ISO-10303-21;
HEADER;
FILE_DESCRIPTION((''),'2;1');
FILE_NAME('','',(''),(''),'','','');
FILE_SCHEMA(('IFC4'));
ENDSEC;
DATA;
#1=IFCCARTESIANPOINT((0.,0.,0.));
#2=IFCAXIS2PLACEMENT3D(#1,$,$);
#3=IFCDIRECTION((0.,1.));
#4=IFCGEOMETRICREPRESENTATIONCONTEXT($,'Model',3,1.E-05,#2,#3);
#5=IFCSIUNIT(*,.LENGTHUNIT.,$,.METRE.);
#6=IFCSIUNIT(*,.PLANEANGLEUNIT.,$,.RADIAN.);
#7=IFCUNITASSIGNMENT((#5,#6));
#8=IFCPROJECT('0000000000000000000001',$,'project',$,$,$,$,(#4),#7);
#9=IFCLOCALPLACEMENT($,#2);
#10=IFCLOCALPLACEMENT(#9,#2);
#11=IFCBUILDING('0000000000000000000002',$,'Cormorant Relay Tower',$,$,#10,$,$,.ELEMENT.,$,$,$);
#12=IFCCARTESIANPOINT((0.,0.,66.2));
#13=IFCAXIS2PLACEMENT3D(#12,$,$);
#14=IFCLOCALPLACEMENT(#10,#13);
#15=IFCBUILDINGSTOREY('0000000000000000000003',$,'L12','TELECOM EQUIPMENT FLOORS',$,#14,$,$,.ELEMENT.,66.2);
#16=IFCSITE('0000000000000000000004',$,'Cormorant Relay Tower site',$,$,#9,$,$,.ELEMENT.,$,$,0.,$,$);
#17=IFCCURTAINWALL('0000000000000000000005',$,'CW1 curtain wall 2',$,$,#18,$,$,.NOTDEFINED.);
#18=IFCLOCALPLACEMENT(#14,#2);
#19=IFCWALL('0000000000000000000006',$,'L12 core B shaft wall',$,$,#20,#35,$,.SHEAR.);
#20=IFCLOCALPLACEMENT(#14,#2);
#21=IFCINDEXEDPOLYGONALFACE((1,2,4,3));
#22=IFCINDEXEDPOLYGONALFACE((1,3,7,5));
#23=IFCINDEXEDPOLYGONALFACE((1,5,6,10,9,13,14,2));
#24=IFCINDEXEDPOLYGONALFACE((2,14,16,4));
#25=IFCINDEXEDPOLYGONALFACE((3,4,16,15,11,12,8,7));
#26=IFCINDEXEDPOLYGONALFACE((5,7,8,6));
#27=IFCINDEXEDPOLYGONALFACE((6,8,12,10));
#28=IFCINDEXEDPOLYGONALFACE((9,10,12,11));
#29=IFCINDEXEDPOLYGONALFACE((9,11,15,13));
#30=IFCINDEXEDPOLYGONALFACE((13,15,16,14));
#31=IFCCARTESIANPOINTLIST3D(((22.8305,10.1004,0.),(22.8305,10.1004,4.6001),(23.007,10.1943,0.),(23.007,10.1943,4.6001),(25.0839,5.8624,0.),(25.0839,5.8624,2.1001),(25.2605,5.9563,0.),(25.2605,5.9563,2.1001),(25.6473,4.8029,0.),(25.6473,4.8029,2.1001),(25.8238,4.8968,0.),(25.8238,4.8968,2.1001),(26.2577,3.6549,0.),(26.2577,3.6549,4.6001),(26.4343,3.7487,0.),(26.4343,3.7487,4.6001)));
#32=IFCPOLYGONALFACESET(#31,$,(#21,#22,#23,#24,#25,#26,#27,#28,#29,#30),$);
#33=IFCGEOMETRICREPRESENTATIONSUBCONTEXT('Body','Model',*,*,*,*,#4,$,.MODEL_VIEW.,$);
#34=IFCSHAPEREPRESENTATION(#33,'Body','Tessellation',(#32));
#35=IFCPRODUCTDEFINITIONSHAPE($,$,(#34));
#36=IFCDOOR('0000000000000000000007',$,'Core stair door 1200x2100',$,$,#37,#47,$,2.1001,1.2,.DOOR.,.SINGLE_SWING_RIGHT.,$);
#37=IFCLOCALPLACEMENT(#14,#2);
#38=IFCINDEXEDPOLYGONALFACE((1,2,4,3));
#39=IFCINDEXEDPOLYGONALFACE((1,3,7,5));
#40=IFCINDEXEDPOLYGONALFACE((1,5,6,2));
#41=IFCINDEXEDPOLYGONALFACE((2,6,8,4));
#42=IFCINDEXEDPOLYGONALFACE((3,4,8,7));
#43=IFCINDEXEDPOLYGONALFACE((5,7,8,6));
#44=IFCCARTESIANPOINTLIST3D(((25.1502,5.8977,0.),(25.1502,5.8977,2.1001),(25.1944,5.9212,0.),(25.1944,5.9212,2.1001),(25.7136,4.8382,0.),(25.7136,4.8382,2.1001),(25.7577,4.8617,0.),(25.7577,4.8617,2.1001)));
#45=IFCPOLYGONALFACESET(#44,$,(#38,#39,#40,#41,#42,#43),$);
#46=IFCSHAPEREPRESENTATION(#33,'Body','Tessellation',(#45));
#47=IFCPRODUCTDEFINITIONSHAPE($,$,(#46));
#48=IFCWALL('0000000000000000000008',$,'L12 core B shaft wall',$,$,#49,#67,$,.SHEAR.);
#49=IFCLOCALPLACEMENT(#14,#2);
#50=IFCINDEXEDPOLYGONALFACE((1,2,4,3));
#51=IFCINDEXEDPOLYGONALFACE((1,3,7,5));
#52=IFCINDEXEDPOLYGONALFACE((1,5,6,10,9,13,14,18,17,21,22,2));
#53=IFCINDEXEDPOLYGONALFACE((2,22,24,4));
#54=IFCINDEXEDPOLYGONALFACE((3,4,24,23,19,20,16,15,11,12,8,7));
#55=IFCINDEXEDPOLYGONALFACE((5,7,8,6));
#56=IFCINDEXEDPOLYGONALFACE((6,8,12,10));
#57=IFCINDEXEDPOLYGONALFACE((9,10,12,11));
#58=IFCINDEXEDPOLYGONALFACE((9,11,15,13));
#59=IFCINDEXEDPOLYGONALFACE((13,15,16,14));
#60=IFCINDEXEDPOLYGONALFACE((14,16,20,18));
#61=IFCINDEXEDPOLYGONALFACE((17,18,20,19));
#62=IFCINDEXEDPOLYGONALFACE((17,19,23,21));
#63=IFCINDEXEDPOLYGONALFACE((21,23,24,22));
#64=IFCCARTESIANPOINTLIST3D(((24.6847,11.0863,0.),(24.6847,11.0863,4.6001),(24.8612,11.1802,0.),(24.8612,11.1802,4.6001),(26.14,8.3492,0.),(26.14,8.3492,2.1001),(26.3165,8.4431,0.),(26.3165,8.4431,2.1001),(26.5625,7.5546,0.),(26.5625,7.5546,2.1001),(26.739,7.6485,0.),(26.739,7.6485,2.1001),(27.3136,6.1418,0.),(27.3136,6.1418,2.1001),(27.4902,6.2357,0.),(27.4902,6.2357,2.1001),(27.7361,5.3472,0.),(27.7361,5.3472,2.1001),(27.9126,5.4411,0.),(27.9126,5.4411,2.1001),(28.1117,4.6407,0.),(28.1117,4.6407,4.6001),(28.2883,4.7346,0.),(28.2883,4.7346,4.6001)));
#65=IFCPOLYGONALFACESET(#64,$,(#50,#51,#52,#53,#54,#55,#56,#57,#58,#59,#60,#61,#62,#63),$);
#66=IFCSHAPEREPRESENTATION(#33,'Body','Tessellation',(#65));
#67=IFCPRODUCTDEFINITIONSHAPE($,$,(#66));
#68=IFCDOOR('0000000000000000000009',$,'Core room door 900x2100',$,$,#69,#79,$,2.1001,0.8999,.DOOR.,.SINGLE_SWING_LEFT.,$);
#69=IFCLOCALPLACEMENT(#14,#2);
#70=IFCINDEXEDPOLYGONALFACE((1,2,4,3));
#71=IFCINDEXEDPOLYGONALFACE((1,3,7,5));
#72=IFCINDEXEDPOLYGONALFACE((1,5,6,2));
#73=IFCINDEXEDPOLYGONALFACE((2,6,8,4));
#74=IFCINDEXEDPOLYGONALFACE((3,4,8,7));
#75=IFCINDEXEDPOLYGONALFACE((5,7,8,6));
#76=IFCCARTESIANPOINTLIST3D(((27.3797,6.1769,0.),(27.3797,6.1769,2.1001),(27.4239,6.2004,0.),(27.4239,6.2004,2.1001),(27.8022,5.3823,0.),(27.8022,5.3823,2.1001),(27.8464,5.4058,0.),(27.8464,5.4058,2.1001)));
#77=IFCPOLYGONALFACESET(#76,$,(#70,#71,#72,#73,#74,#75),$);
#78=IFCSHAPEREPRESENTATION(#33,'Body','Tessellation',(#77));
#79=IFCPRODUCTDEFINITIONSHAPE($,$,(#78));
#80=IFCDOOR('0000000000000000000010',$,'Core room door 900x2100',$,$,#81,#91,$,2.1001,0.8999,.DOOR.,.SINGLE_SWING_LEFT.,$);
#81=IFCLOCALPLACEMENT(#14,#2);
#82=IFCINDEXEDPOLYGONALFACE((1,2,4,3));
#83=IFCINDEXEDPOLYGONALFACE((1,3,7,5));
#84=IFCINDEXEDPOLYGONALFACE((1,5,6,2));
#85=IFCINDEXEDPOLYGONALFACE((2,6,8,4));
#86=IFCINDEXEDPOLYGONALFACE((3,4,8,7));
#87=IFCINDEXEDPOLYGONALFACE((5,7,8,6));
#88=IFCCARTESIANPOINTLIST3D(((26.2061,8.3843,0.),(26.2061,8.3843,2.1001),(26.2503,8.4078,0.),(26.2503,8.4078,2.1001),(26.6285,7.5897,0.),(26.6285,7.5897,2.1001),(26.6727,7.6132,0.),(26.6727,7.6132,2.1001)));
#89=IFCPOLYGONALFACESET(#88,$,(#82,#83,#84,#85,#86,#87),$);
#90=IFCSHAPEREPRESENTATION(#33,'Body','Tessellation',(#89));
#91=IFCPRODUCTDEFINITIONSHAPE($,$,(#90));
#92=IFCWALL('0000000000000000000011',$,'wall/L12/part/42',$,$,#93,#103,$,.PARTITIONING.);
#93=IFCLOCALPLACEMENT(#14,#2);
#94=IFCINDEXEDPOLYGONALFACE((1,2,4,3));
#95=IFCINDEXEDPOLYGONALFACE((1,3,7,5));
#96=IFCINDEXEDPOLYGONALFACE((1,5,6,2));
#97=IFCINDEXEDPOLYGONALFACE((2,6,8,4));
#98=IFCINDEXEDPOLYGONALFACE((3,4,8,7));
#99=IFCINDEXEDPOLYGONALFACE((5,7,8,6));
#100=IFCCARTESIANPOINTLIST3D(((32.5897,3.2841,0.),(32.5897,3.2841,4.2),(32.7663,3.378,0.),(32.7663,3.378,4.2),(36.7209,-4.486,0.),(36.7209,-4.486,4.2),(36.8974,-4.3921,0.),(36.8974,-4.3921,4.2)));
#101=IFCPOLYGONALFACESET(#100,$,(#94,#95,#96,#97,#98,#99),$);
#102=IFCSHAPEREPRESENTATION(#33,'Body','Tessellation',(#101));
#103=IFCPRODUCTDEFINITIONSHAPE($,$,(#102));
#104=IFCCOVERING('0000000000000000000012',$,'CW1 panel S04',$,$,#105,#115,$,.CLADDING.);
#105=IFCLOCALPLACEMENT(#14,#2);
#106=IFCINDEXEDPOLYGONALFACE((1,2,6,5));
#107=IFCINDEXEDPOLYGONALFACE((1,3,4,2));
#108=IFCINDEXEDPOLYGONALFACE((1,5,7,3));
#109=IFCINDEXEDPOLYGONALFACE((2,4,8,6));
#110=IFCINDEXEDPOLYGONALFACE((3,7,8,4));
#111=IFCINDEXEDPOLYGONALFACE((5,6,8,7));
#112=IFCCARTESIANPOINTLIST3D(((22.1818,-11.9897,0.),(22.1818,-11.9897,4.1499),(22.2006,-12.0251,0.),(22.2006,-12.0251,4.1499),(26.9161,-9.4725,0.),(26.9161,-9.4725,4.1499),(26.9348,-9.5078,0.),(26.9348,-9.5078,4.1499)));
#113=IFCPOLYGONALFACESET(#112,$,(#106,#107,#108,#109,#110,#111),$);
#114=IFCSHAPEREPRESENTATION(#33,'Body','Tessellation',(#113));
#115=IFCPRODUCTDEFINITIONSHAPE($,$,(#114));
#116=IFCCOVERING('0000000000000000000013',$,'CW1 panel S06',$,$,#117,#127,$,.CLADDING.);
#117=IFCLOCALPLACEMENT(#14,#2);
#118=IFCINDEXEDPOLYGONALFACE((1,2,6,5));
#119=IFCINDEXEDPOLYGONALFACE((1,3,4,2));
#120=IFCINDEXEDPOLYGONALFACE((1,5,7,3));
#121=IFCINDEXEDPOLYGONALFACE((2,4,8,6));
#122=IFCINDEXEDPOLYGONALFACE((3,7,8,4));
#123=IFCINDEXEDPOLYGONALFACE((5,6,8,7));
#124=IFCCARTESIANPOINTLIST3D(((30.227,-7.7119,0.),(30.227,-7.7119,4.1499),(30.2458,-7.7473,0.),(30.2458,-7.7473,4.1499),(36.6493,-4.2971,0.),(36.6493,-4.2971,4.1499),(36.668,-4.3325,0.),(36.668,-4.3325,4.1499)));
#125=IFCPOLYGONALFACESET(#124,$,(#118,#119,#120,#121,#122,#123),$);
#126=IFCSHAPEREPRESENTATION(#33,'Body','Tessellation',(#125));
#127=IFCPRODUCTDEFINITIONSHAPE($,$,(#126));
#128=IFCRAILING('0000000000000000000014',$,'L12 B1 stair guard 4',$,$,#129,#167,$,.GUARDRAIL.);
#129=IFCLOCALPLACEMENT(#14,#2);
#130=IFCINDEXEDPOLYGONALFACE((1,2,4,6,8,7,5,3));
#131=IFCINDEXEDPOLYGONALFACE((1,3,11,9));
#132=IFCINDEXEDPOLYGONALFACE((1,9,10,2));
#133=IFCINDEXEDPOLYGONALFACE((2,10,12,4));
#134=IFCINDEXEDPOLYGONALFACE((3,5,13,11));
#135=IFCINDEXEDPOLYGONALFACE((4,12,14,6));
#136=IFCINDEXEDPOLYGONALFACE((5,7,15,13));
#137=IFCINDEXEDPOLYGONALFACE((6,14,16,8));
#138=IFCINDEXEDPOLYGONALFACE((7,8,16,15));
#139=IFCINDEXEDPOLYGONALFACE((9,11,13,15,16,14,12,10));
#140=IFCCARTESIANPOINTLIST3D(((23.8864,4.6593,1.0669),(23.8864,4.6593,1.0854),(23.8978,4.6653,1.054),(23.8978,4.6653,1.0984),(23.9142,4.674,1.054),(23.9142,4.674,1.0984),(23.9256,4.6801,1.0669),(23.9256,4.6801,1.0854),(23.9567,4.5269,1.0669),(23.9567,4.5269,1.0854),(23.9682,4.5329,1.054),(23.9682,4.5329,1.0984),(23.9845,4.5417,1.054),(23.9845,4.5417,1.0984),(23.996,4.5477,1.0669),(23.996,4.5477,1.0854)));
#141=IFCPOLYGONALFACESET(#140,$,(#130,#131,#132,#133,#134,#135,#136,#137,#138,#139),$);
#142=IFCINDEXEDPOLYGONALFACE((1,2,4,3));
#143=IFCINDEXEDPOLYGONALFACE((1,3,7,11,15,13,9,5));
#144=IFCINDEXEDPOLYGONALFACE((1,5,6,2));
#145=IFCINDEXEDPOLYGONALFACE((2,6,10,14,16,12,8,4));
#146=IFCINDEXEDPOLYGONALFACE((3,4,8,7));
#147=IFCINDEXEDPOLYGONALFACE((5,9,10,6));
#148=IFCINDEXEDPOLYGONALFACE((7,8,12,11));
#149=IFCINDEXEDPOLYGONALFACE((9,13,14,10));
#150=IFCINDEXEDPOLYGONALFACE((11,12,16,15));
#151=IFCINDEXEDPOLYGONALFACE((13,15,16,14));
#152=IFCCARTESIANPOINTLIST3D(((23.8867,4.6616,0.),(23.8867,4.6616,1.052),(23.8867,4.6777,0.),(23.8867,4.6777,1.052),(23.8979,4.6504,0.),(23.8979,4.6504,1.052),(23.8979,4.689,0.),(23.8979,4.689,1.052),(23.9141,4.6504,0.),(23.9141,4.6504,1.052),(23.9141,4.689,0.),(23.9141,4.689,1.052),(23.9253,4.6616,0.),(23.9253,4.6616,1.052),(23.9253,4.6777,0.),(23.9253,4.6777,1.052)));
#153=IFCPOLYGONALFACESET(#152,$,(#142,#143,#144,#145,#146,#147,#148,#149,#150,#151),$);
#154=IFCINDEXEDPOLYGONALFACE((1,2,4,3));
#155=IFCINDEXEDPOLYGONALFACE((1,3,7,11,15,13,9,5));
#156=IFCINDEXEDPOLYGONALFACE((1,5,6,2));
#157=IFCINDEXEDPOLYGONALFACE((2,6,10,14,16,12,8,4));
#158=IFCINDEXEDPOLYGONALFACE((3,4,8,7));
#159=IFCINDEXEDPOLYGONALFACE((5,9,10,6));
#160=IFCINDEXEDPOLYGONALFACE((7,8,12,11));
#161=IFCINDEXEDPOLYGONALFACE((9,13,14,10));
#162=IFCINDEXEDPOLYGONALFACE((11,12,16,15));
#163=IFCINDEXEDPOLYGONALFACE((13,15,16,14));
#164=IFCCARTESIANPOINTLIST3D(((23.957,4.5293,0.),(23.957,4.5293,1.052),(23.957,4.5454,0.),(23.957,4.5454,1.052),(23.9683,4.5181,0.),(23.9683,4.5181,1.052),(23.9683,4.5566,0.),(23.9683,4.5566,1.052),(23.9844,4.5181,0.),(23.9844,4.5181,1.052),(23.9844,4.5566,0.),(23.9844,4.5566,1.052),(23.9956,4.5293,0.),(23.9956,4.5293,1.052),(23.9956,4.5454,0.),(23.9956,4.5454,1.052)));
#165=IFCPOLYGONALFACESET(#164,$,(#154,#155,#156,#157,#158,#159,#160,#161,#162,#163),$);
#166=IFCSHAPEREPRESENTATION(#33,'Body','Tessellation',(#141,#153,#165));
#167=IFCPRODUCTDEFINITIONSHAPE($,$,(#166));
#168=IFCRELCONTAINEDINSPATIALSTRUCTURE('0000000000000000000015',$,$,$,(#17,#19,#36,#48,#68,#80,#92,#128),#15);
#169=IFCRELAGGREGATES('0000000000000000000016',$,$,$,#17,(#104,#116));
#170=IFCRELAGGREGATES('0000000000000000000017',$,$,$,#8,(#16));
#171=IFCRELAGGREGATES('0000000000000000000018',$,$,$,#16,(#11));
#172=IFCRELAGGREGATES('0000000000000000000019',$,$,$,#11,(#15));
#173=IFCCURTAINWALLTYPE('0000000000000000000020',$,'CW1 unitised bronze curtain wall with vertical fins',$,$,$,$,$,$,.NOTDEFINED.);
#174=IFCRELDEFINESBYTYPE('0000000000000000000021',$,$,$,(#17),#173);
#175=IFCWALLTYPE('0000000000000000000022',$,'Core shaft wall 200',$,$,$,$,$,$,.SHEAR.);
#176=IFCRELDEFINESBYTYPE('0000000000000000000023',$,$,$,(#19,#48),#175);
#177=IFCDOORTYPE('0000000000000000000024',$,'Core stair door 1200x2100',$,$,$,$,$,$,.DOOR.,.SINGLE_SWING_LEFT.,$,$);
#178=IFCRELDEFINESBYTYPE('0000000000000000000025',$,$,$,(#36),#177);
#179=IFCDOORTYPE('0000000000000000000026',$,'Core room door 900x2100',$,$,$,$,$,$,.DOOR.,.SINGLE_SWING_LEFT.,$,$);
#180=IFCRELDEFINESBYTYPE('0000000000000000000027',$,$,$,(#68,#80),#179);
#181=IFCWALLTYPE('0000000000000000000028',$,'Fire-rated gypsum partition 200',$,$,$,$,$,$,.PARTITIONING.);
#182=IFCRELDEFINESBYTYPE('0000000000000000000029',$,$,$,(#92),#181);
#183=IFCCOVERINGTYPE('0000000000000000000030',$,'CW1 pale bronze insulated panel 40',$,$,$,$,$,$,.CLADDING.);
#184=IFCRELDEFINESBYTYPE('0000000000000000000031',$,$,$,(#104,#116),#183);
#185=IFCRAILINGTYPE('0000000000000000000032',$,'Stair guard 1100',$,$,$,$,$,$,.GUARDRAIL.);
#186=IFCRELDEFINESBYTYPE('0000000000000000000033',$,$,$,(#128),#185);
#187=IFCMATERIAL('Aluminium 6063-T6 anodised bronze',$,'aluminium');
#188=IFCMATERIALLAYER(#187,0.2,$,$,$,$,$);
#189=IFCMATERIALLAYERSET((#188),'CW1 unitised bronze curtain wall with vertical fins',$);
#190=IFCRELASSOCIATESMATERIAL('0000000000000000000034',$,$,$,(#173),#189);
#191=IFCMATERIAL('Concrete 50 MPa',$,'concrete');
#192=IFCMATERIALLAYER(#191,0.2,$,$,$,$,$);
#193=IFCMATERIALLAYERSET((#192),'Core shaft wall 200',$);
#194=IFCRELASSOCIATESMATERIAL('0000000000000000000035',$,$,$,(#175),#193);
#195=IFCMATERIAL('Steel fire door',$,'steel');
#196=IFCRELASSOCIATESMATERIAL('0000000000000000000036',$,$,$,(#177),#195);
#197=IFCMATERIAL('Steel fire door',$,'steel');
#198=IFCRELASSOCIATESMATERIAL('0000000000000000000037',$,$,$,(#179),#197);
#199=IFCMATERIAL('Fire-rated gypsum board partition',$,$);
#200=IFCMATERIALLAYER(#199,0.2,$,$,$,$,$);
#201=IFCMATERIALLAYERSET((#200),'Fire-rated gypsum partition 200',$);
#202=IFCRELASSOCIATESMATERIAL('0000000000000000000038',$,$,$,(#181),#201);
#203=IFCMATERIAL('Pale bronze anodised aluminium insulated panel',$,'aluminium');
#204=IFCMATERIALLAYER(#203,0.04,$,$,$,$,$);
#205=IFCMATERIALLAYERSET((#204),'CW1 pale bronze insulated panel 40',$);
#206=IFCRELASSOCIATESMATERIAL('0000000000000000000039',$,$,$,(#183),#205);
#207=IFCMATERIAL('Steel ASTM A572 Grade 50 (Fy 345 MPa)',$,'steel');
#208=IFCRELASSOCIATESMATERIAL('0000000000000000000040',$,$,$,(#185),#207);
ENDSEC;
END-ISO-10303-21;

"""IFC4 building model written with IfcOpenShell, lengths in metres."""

from ifc_helpers import new_model, si_unit, direction, frame, frame_2d, origin, origin_2d, place, context, subcontext, project, spatial, polyline, rectangle, outline, extrude, material, layer, layer_set, type_object, element, fill, aggregate, save


model = new_model("IFC4")

# Units and contexts
model_context = context("Model", 3, precision=1e-05, world=origin(), true_north=direction((0.0, 1.0)))
body_context = subcontext(model_context, "Body", "Model", "MODEL_VIEW")
ifc_project = project(units=[si_unit("LENGTHUNIT", "METRE"), si_unit("PLANEANGLEUNIT", "RADIAN")], contexts=[model_context])

# Site, building, storey
site_placement = place(None, origin())
site = spatial("IfcSite", under=ifc_project, at=site_placement, Name="Cormorant Relay Tower site", CompositionType="ELEMENT", RefElevation=0.0)
building_placement = place(site_placement, origin())
building = spatial("IfcBuilding", under=site, at=building_placement, Name="Cormorant Relay Tower", CompositionType="ELEMENT")
storey_placement = place(building_placement, frame((0.0, 0.0, 66.2)))
storey = spatial("IfcBuildingStorey", under=building, at=storey_placement, Name="L12", Description="TELECOM EQUIPMENT FLOORS", CompositionType="ELEMENT", Elevation=66.2)

# Curtain wall
ifc_material_1 = material(Name="Aluminium 6063-T6 anodised bronze", Category="aluminium")
ifc_layer_1 = layer(ifc_material_1, 0.2)
ifc_layer_set_1 = layer_set([ifc_layer_1], Name="CW1 unitised bronze curtain wall with vertical fins")
curtain_wall_type = type_object("IfcCurtainWallType", Name="CW1 unitised bronze curtain wall with vertical fins", PredefinedType="NOTDEFINED", material=ifc_layer_set_1)
curtain_wall_placement = place(storey_placement, origin())
curtain_wall = element("IfcCurtainWall", 1, at=curtain_wall_placement, inside=storey, type_object=curtain_wall_type, Name="CW1 curtain wall 2", PredefinedType="NOTDEFINED")

# Wall, opening, door
ifc_material_2 = material(Name="Concrete 50 MPa", Category="concrete")
ifc_layer_2 = layer(ifc_material_2, 0.2)
ifc_layer_set_2 = layer_set([ifc_layer_2], Name="Core shaft wall 200")
wall_type_1 = type_object("IfcWallType", Name="Core shaft wall 200", PredefinedType="SHEAR", material=ifc_layer_set_2)
wall_1_placement = place(storey_placement, frame((26.3459, 3.7019, 0.0), z_axis=(0.0, 0.0, 1.0), x_axis=(-0.46948, 0.882943, 0.0)))
wall_1 = element("IfcWall", 2, at=wall_1_placement, inside=storey, type_object=wall_type_1, Name="L12 core B shaft wall", PredefinedType="SHEAR", context=body_context, shape_type="SweptSolid", body=[
    extrude(rectangle(XDim=7.3, YDim=0.2, at=frame_2d((3.6499, 0.0))), origin(), (0.0, 0.0, 1.0), 4.6001),
])
opening_1_placement = place(wall_1_placement, frame((1.3, 0.0, 0.0)))
opening_1 = element("IfcOpeningElement", 3, at=opening_1_placement, cuts=wall_1, PredefinedType="OPENING", context=body_context, shape_type="SweptSolid", body=[
    extrude(rectangle(XDim=1.2, YDim=2.1001, at=frame_2d((0.6001, 1.05))), frame((0.0, 0.1099, 0.0), z_axis=(0.0, -1.0, 0.0), x_axis=(1.0, 0.0, 0.0)), (0.0, 0.0, 1.0), 0.22),
])
ifc_material_3 = material(Name="Steel fire door", Category="steel")
door_type_1 = type_object("IfcDoorType", Name="Core stair door 1200x2100", OperationType="SINGLE_SWING_LEFT", PredefinedType="DOOR", material=ifc_material_3)
door_1_placement = place(opening_1_placement, origin())
door_1 = element("IfcDoor", 4, at=door_1_placement, inside=storey, type_object=door_type_1, Name="Core stair door 1200x2100", OperationType="SINGLE_SWING_RIGHT", OverallHeight=2.1001, OverallWidth=1.2, PredefinedType="DOOR", context=body_context, shape_type="SweptSolid", body=[
    extrude(rectangle(XDim=1.2, YDim=2.1001, at=frame_2d((0.6001, 1.05))), frame((0.0, 0.0249, 0.0), z_axis=(0.0, -1.0, 0.0), x_axis=(1.0, 0.0, 0.0)), (0.0, 0.0, 1.0), 0.05),
])
fill(opening_1, door_1)

# Wall, openings, doors
wall_2_placement = place(storey_placement, frame((28.2, 4.6877, 0.0), z_axis=(0.0, 0.0, 1.0), x_axis=(-0.469454, 0.882957, 0.0)))
wall_2 = element("IfcWall", 5, at=wall_2_placement, inside=storey, type_object=wall_type_1, Name="L12 core B shaft wall", PredefinedType="SHEAR", context=body_context, shape_type="SweptSolid", body=[
    extrude(rectangle(XDim=7.3, YDim=0.2, at=frame_2d((3.6499, 0.0))), origin(), (0.0, 0.0, 1.0), 4.6001),
])
opening_2_placement = place(wall_2_placement, frame((0.8, 0.0, 0.0)))
opening_2 = element("IfcOpeningElement", 6, at=opening_2_placement, cuts=wall_2, PredefinedType="OPENING", context=body_context, shape_type="SweptSolid", body=[
    extrude(rectangle(XDim=0.8999, YDim=2.1001, at=frame_2d((0.45, 1.05))), frame((0.0, 0.1099, 0.0), z_axis=(0.0, -1.0, 0.0), x_axis=(1.0, 0.0, 0.0)), (0.0, 0.0, 1.0), 0.22),
])
opening_3_placement = place(wall_2_placement, frame((3.3, 0.0, 0.0)))
opening_3 = element("IfcOpeningElement", 7, at=opening_3_placement, cuts=wall_2, PredefinedType="OPENING", context=body_context, shape_type="SweptSolid", body=[
    extrude(rectangle(XDim=0.8999, YDim=2.1001, at=frame_2d((0.45, 1.05))), frame((0.0, 0.1099, 0.0), z_axis=(0.0, -1.0, 0.0), x_axis=(1.0, 0.0, 0.0)), (0.0, 0.0, 1.0), 0.22),
])
ifc_material_4 = material(Name="Steel fire door", Category="steel")
door_type_2 = type_object("IfcDoorType", Name="Core room door 900x2100", OperationType="SINGLE_SWING_LEFT", PredefinedType="DOOR", material=ifc_material_4)
door_2_placement = place(opening_2_placement, frame((0.8999, 0.0, 0.0), z_axis=(0.0, 0.0, 1.0), x_axis=(-1.0, 0.0, 0.0)))
door_2 = element("IfcDoor", 8, at=door_2_placement, inside=storey, type_object=door_type_2, Name="Core room door 900x2100", OperationType="SINGLE_SWING_LEFT", OverallHeight=2.1001, OverallWidth=0.8999, PredefinedType="DOOR", context=body_context, shape_type="SweptSolid", body=[
    extrude(rectangle(XDim=0.8999, YDim=2.1001, at=frame_2d((0.45, 1.05))), frame((0.0, 0.0249, 0.0), z_axis=(0.0, -1.0, 0.0), x_axis=(1.0, 0.0, 0.0)), (0.0, 0.0, 1.0), 0.05),
])
fill(opening_2, door_2)
door_3_placement = place(opening_3_placement, frame((0.8999, 0.0, 0.0), z_axis=(0.0, 0.0, 1.0), x_axis=(-1.0, 0.0, 0.0)))
door_3 = element("IfcDoor", 9, at=door_3_placement, inside=storey, type_object=door_type_2, Name="Core room door 900x2100", OperationType="SINGLE_SWING_LEFT", OverallHeight=2.1001, OverallWidth=0.8999, PredefinedType="DOOR", context=body_context, shape_type="SweptSolid", body=[
    extrude(rectangle(XDim=0.8999, YDim=2.1001, at=frame_2d((0.45, 1.05))), frame((0.0, 0.0249, 0.0), z_axis=(0.0, -1.0, 0.0), x_axis=(1.0, 0.0, 0.0)), (0.0, 0.0, 1.0), 0.05),
])
fill(opening_3, door_3)

# Wall
ifc_material_5 = material(Name="Fire-rated gypsum board partition")
ifc_layer_3 = layer(ifc_material_5, 0.2)
ifc_layer_set_3 = layer_set([ifc_layer_3], Name="Fire-rated gypsum partition 200")
wall_type_2 = type_object("IfcWallType", Name="Fire-rated gypsum partition 200", PredefinedType="PARTITIONING", material=ifc_layer_set_3)
wall_3_placement = place(storey_placement, frame((36.8091, -4.439, 0.0), z_axis=(0.0, 0.0, 1.0), x_axis=(-0.469446, 0.882961, 0.0)))
element("IfcWall", 10, at=wall_3_placement, inside=storey, type_object=wall_type_2, Name="wall/L12/part/42", PredefinedType="PARTITIONING", context=body_context, shape_type="SweptSolid", body=[
    extrude(rectangle(XDim=8.8, YDim=0.2, at=frame_2d((4.3999, 0.0))), origin(), (0.0, 0.0, 1.0), 4.2),
])

# Coverings
ifc_material_6 = material(Name="Pale bronze anodised aluminium insulated panel", Category="aluminium")
ifc_layer_4 = layer(ifc_material_6, 0.04)
ifc_layer_set_4 = layer_set([ifc_layer_4], Name="CW1 pale bronze insulated panel 40")
covering_type = type_object("IfcCoveringType", Name="CW1 pale bronze insulated panel 40", PredefinedType="CLADDING", material=ifc_layer_set_4)
covering_1_placement = place(storey_placement, frame((24.5583, -10.7488, 0.0), z_axis=(0.0, 0.0, 1.0), x_axis=(0.882948, 0.469472, 0.0)))
covering_1 = element("IfcCovering", 11, at=covering_1_placement, type_object=covering_type, Name="CW1 panel S04", PredefinedType="CLADDING", context=body_context, shape_type="SweptSolid", body=[
    extrude(rectangle(XDim=5.3618, YDim=0.04, at=origin_2d()), origin(), (0.0, 0.0, 1.0), 4.1499),
])
covering_2_placement = place(storey_placement, frame((33.4475, -6.0222, 0.0), z_axis=(0.0, 0.0, 1.0), x_axis=(0.882948, 0.469472, 0.0)))
covering_2 = element("IfcCovering", 12, at=covering_2_placement, type_object=covering_type, Name="CW1 panel S06", PredefinedType="CLADDING", context=body_context, shape_type="SweptSolid", body=[
    extrude(rectangle(XDim=7.2737, YDim=0.04, at=origin_2d()), origin(), (0.0, 0.0, 1.0), 4.1499),
])
aggregate(curtain_wall, [covering_1, covering_2])

# Railing
ifc_material_7 = material(Name="Steel ASTM A572 Grade 50 (Fy 345 MPa)", Category="steel")
railing_type = type_object("IfcRailingType", Name="Stair guard 1100", PredefinedType="GUARDRAIL", material=ifc_material_7)
railing_placement = place(storey_placement, frame((23.906, 4.6697, 0.0)))
element("IfcRailing", 13, at=railing_placement, inside=storey, type_object=railing_type, Name="L12 B1 stair guard 4", PredefinedType="GUARDRAIL", context=body_context, shape_type="SweptSolid", body=[
    extrude(outline(polyline([(0.0222, 0.0093), (0.0093, 0.0222), (-0.0093, 0.0222), (-0.0222, 0.0093), (-0.0222, -0.0093), (-0.0093, -0.0222), (0.0093, -0.0222), (0.0222, -0.0093), (0.0222, 0.0093)])), frame((0.0, 0.0, 1.0762), z_axis=(0.469235, -0.883074, 0.0), x_axis=(0.883074, 0.469235, 0.0)), (0.0, 0.0, 1.0), 0.1499),
    extrude(outline(polyline([(0.0193, 0.0081), (0.0081, 0.0193), (-0.0081, 0.0193), (-0.0193, 0.0081), (-0.0193, -0.0081), (-0.0081, -0.0193), (0.0081, -0.0193), (0.0193, -0.0081), (0.0193, 0.0081)])), origin(), (0.0, 0.0, 1.0), 1.052),
    extrude(outline(polyline([(0.0193, 0.0081), (0.0081, 0.0193), (-0.0081, 0.0193), (-0.0193, 0.0081), (-0.0193, -0.0081), (-0.0081, -0.0193), (0.0081, -0.0193), (0.0193, -0.0081), (0.0193, 0.0081)])), frame((0.0703, -0.1323, 0.0)), (0.0, 0.0, 1.0), 1.052),
])

save(model, "model.ifc")
